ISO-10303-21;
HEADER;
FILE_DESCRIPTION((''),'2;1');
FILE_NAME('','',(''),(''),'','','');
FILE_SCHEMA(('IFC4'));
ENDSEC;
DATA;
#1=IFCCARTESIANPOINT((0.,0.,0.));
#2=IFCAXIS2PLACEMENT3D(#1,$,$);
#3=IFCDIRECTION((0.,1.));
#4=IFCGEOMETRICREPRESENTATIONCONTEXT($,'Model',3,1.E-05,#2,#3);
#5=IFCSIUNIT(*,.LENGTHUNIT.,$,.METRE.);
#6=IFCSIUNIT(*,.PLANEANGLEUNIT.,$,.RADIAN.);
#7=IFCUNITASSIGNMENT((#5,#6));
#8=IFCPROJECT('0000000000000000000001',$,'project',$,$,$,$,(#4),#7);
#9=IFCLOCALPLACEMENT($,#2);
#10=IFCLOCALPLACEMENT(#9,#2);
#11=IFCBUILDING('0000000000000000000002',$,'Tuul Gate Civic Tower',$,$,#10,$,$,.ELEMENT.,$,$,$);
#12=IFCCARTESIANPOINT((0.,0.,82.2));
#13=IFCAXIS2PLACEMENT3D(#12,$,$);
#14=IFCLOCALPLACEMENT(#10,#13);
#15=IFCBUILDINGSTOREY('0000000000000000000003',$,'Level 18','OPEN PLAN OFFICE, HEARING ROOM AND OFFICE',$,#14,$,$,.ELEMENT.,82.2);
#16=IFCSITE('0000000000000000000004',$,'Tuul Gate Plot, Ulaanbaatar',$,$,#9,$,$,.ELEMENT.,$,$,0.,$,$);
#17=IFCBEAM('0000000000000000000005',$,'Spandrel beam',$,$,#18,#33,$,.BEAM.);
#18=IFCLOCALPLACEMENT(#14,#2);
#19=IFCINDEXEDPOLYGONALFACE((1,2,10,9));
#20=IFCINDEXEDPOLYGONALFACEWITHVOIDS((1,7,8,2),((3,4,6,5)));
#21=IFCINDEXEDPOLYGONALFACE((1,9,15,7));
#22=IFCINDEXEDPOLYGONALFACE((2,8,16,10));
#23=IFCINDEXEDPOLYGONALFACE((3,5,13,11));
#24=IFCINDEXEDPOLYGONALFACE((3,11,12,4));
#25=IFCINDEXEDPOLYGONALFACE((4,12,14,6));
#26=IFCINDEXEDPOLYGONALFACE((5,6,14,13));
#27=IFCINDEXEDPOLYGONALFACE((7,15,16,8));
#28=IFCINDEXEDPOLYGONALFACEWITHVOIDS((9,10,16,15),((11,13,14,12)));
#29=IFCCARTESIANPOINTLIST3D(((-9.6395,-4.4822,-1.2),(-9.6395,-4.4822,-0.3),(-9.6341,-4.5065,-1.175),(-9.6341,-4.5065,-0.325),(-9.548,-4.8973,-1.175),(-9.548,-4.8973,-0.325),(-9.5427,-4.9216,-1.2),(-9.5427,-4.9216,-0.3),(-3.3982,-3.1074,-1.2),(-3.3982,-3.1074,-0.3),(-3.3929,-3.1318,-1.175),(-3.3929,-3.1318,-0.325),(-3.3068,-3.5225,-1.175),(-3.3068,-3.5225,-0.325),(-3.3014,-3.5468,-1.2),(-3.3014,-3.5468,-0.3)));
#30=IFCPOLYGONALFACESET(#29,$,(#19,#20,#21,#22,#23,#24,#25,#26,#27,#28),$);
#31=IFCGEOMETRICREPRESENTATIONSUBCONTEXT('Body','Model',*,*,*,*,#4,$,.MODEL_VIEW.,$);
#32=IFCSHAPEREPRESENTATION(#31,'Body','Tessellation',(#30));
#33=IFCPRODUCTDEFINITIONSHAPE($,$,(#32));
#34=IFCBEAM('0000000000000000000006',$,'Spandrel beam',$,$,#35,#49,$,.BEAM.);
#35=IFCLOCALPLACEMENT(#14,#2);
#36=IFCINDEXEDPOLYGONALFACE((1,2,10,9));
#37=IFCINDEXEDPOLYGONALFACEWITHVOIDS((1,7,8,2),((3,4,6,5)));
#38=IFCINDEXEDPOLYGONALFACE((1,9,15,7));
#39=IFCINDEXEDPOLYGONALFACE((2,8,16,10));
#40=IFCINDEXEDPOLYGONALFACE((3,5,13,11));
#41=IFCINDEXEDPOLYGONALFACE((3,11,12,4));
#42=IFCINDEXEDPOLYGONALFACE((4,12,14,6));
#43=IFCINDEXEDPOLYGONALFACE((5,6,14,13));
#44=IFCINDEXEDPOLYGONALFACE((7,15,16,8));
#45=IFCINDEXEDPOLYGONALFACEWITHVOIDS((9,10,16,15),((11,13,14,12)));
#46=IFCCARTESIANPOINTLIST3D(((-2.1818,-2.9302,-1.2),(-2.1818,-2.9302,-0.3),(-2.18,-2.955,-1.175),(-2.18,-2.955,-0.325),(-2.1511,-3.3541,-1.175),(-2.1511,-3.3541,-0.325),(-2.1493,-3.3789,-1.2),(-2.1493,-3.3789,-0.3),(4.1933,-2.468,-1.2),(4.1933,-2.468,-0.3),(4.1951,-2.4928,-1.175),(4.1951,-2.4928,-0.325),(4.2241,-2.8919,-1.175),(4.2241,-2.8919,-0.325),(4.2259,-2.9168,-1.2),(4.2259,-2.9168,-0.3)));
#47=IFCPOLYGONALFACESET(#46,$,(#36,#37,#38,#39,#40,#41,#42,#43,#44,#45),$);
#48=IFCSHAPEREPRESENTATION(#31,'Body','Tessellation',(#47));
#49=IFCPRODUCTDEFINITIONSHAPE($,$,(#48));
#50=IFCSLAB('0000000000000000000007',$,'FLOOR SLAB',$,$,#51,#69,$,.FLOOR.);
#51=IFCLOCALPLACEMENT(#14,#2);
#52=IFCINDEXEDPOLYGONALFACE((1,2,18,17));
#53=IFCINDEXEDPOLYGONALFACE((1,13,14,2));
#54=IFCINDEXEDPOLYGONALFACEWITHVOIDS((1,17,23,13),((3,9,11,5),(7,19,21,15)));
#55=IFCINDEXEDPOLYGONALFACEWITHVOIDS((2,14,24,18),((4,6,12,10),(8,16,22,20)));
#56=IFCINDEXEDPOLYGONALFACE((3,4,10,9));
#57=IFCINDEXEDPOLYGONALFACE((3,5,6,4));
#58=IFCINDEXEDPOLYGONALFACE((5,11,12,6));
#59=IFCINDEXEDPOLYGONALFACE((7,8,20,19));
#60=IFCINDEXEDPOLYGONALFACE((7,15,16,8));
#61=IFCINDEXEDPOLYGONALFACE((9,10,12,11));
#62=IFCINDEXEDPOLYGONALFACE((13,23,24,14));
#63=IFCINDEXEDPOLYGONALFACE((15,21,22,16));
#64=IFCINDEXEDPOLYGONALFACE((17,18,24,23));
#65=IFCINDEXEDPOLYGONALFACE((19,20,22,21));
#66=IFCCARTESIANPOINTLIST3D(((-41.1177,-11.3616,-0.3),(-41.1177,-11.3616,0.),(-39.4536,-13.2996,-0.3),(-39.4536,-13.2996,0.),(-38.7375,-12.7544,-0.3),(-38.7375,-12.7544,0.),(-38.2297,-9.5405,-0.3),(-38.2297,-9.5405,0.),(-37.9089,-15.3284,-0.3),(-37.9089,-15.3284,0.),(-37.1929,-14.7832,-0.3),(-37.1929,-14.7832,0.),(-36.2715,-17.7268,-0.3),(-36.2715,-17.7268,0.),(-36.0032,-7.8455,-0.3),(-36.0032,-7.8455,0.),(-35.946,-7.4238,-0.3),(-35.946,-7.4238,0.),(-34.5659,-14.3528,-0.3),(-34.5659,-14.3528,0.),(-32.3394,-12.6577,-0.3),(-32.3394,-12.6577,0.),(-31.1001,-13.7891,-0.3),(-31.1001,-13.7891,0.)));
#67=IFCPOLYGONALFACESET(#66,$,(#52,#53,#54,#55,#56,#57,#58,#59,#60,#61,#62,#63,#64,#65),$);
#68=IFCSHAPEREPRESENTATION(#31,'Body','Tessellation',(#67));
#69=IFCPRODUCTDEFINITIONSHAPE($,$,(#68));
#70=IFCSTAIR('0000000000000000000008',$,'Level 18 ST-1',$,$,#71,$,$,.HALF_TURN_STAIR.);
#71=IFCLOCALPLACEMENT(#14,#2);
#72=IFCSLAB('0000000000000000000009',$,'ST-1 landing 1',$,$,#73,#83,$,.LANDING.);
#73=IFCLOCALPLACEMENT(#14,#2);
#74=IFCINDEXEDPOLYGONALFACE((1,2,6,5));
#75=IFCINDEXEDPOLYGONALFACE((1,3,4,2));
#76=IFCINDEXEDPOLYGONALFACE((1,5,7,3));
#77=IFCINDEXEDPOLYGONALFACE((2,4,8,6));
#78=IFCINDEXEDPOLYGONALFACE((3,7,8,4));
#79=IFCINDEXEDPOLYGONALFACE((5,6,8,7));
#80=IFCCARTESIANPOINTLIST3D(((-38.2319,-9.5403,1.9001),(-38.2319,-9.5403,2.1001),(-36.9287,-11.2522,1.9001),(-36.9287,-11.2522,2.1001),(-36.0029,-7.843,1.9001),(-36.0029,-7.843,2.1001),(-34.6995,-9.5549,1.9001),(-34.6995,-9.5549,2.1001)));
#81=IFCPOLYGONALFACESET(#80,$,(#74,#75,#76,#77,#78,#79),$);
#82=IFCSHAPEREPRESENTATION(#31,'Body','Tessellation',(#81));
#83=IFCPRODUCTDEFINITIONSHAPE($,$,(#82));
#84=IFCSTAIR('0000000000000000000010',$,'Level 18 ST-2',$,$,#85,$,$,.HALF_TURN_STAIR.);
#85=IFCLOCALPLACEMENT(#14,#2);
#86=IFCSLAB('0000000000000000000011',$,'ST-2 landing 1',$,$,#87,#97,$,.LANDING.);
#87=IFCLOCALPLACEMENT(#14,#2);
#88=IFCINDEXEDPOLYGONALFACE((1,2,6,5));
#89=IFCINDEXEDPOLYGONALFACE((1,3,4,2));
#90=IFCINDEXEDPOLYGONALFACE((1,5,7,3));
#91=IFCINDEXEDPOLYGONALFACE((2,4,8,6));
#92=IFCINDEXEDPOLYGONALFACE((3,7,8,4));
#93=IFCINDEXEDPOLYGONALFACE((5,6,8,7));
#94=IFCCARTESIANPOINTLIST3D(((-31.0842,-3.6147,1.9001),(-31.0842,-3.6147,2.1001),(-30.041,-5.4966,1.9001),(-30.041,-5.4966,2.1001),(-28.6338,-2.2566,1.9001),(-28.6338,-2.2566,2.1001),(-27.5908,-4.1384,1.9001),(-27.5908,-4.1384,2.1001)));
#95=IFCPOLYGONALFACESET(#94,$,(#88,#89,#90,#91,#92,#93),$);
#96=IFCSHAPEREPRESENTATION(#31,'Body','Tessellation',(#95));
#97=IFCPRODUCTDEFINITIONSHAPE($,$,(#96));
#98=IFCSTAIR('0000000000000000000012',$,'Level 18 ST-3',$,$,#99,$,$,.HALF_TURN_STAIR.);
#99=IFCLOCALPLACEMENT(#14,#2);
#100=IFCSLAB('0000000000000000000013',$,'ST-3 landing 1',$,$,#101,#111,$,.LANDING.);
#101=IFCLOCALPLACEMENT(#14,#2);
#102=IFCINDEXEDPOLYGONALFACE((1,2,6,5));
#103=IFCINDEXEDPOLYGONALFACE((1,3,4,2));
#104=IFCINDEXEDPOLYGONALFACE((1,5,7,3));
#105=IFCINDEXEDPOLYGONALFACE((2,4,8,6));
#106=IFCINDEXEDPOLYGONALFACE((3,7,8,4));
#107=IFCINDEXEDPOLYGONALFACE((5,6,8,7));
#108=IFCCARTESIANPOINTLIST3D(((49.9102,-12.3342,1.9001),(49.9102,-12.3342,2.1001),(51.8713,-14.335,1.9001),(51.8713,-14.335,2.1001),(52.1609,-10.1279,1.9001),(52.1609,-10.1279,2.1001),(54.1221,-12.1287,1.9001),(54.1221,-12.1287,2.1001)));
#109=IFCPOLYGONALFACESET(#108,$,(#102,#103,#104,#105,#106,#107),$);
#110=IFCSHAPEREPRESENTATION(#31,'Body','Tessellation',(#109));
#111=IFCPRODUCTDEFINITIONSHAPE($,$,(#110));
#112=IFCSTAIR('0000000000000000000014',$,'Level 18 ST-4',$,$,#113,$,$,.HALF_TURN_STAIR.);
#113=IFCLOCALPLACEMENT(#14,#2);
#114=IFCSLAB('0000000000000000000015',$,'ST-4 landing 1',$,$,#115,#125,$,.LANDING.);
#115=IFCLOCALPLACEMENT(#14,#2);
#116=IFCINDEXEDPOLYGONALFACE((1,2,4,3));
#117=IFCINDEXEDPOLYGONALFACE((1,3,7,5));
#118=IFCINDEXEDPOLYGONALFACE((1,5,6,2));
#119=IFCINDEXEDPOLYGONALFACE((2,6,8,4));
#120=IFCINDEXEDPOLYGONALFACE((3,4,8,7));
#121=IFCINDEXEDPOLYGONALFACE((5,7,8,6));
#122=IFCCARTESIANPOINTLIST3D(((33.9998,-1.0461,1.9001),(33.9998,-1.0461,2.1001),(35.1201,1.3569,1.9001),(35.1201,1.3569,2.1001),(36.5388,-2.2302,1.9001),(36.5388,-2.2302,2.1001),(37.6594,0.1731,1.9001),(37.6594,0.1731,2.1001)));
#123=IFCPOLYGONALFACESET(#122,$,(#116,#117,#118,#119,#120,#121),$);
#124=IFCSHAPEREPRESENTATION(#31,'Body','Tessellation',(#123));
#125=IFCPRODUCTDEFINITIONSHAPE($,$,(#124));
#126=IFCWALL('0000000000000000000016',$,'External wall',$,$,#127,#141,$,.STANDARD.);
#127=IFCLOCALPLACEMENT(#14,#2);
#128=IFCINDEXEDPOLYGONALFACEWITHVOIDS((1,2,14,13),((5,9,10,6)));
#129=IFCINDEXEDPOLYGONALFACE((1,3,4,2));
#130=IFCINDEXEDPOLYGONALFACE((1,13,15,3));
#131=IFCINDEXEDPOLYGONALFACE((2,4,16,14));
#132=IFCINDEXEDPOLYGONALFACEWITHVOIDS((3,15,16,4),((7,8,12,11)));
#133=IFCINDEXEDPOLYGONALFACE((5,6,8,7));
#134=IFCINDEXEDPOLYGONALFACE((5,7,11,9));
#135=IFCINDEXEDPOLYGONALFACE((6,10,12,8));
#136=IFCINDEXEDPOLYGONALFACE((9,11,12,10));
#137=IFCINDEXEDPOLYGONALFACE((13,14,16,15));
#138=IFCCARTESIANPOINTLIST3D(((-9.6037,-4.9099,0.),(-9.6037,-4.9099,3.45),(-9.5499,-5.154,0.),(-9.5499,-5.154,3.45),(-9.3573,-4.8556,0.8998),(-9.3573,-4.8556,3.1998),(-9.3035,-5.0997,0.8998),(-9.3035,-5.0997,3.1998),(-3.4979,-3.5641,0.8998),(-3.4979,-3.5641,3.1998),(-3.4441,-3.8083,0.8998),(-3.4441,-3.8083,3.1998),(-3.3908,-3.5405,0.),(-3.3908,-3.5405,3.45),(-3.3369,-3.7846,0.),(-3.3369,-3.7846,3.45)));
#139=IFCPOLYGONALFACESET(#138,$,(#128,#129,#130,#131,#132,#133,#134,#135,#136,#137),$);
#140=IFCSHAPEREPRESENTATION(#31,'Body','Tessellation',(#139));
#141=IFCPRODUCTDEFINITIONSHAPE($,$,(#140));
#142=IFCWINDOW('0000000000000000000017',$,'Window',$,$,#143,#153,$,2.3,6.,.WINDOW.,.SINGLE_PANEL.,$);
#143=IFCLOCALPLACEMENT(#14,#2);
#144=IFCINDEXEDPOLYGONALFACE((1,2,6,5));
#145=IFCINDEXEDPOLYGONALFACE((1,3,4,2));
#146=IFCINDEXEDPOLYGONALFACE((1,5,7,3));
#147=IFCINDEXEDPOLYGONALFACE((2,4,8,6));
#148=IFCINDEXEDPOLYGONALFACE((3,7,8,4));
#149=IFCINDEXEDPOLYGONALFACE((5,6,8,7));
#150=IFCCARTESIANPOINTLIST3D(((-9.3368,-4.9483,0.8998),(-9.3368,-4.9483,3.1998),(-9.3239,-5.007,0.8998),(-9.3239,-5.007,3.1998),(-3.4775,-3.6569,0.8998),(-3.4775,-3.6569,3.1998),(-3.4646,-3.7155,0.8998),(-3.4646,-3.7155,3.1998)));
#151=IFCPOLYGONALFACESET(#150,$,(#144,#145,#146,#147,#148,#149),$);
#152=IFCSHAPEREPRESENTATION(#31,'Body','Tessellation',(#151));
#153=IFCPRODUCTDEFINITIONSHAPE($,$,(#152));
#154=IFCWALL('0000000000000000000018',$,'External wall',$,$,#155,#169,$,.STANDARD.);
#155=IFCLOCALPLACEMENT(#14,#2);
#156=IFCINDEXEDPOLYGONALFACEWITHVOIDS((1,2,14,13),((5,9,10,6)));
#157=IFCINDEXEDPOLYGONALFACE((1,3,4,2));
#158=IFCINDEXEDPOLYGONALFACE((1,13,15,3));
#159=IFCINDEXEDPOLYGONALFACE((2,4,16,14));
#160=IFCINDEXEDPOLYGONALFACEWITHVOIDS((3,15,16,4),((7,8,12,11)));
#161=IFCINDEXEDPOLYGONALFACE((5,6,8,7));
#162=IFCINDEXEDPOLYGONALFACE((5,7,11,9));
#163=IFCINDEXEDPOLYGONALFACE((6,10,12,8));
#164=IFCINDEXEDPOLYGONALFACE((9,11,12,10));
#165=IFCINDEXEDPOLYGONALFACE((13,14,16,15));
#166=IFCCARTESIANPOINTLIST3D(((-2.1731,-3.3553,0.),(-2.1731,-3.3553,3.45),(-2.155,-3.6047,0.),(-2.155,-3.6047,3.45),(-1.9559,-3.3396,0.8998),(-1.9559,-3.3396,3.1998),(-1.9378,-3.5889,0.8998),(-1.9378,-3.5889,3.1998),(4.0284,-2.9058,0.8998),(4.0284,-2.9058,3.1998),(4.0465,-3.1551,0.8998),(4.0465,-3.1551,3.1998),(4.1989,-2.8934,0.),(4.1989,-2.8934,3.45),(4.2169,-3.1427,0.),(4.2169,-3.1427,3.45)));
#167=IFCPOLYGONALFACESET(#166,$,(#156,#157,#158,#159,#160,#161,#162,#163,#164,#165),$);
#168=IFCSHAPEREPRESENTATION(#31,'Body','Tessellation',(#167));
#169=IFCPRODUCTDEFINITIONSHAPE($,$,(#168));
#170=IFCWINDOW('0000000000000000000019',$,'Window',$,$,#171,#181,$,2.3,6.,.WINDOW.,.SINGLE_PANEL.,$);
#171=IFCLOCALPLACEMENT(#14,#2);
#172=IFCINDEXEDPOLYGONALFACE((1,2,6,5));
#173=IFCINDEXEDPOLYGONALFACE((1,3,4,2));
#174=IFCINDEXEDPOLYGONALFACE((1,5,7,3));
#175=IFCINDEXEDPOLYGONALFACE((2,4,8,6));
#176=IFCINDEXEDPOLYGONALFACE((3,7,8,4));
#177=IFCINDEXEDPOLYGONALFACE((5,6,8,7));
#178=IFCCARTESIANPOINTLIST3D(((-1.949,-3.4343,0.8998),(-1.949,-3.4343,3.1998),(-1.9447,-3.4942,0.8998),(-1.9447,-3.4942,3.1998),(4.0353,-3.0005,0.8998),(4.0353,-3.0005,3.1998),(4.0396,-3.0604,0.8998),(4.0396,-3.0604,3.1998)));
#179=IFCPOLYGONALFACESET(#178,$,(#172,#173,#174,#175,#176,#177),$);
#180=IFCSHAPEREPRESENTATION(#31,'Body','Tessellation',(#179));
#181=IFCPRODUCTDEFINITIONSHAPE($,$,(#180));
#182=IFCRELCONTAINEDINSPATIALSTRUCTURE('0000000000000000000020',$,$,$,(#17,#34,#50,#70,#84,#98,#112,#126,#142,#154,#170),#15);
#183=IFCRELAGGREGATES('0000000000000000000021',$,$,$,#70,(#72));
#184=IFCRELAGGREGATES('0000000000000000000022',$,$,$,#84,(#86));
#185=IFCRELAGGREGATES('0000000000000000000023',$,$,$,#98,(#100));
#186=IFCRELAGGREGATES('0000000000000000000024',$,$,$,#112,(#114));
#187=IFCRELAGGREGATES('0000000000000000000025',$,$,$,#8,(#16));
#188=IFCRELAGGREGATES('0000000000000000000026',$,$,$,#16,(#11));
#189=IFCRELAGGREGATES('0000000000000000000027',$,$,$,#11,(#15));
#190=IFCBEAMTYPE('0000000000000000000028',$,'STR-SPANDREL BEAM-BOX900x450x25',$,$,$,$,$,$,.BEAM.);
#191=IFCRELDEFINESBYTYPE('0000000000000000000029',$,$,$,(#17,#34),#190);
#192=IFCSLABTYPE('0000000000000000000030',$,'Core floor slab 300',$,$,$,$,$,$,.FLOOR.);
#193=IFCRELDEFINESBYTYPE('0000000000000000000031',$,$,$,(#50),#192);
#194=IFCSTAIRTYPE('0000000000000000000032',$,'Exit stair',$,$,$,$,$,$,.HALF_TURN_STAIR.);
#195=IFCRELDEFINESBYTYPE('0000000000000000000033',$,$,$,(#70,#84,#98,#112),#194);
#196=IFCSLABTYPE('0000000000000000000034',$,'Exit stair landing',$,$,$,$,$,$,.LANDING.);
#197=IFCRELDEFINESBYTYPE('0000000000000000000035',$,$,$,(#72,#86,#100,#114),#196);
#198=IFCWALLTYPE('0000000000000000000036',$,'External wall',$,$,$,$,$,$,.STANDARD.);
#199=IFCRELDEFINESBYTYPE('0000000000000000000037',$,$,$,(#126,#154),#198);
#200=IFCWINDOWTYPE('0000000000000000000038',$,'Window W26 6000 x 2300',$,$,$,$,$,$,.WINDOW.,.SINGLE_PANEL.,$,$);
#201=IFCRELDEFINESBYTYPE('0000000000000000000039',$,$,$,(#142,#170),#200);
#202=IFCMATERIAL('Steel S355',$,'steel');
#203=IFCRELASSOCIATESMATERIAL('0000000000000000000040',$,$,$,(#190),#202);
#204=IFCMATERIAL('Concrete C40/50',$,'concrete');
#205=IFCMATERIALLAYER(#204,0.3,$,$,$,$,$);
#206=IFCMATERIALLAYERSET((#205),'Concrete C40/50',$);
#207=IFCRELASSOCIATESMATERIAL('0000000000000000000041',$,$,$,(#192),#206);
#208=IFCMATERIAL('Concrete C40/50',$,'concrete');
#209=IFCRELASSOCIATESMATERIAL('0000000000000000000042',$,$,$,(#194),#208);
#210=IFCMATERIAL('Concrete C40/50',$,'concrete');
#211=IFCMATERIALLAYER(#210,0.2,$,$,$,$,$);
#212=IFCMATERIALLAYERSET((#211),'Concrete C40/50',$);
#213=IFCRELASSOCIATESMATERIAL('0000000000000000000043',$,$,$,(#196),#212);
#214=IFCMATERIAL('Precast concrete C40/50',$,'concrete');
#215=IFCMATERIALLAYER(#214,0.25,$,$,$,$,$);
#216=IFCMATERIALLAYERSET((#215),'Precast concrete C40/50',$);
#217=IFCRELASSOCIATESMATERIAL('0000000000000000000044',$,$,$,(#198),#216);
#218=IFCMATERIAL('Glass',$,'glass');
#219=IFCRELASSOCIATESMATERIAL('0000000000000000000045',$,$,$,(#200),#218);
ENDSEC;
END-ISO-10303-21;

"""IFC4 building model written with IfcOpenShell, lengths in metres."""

from ifc_helpers import new_model, si_unit, direction, frame, frame_2d, origin, origin_2d, place, context, subcontext, project, spatial, polyline, rectangle, hollow_rectangle, outline, extrude, material, layer, layer_set, material_profile, profile_set, type_object, element, fill, aggregate, save


model = new_model("IFC4")

# Units and contexts
model_context = context("Model", 3, precision=1e-05, world=origin(), true_north=direction((0.0, 1.0)))
body_context = subcontext(model_context, "Body", "Model", "MODEL_VIEW")
ifc_project = project(units=[si_unit("LENGTHUNIT", "METRE"), si_unit("PLANEANGLEUNIT", "RADIAN")], contexts=[model_context])

# Site, building, storey
site_placement = place(None, origin())
site = spatial("IfcSite", under=ifc_project, at=site_placement, Name="Tuul Gate Plot, Ulaanbaatar", CompositionType="ELEMENT", RefElevation=0.0)
building_placement = place(site_placement, origin())
building = spatial("IfcBuilding", under=site, at=building_placement, Name="Tuul Gate Civic Tower", CompositionType="ELEMENT")
storey_placement = place(building_placement, frame((0.0, 0.0, 82.2)))
storey = spatial("IfcBuildingStorey", under=building, at=storey_placement, Name="Level 18", Description="OPEN PLAN OFFICE, HEARING ROOM AND OFFICE", CompositionType="ELEMENT", Elevation=82.2)

# Beams
ifc_material_1 = material(Name="Steel S355", Category="steel")
ifc_material_profile_1 = material_profile(ifc_material_1, hollow_rectangle(XDim=0.45, YDim=0.8999, WallThickness=0.0249, at=origin_2d()), Name="BOX900x450x25")
ifc_profile_set_1 = profile_set([ifc_material_profile_1], Name="Steel S355")
beam_type_1 = type_object("IfcBeamType", Name="STR-SPANDREL BEAM-BOX900x450x25", PredefinedType="BEAM", material=ifc_profile_set_1)
beam_1_placement = place(storey_placement, frame((-9.5911, -4.7019, -0.75), z_axis=(0.976589, 0.215114, 0.0), x_axis=(-0.215114, 0.976589, 0.0)))
element("IfcBeam", 1, at=beam_1_placement, inside=storey, type_object=beam_type_1, Name="Spandrel beam", PredefinedType="BEAM", context=body_context, shape_type="SweptSolid", body=[
    extrude(hollow_rectangle(XDim=0.45, YDim=0.8999, WallThickness=0.0249, at=origin_2d()), origin(), (0.0, 0.0, 1.0), 6.3909),
])
beam_2_placement = place(storey_placement, frame((-2.1655, -3.1545, -0.75), z_axis=(0.997383, 0.072306, 0.0), x_axis=(-0.072306, 0.997383, 0.0)))
element("IfcBeam", 2, at=beam_2_placement, inside=storey, type_object=beam_type_1, Name="Spandrel beam", PredefinedType="BEAM", context=body_context, shape_type="SweptSolid", body=[
    extrude(hollow_rectangle(XDim=0.45, YDim=0.8999, WallThickness=0.0249, at=origin_2d()), origin(), (0.0, 0.0, 1.0), 6.3918),
])

# Slab
ifc_material_2 = material(Name="Concrete C40/50", Category="concrete")
ifc_layer_1 = layer(ifc_material_2, 0.3)
ifc_layer_set_1 = layer_set([ifc_layer_1], Name="Concrete C40/50")
slab_type_1 = type_object("IfcSlabType", Name="Core floor slab 300", PredefinedType="FLOOR", material=ifc_layer_set_1)
slab_1_placement = place(storey_placement, frame((0.0, 0.0, -0.3)))
element("IfcSlab", 3, at=slab_1_placement, inside=storey, type_object=slab_type_1, Name="FLOOR SLAB", PredefinedType="FLOOR", context=body_context, shape_type="SweptSolid", body=[
    extrude(outline(polyline([(-31.1001, -13.7891), (-35.946, -7.4238), (-41.1177, -11.3616), (-36.2715, -17.7268), (-31.1001, -13.7891)]), holes=[polyline([(-37.1929, -14.7832), (-38.7375, -12.7544), (-39.4536, -13.2996), (-37.9089, -15.3284), (-37.1929, -14.7832)]), polyline([(-32.3394, -12.6577), (-34.5659, -14.3528), (-38.2297, -9.5405), (-36.0032, -7.8455), (-32.3394, -12.6577)])]), origin(), (0.0, 0.0, 1.0), 0.3),
])

# Stairs, slabs
ifc_material_3 = material(Name="Concrete C40/50", Category="concrete")
stair_type = type_object("IfcStairType", Name="Exit stair", PredefinedType="HALF_TURN_STAIR", material=ifc_material_3)
stair_1_placement = place(storey_placement, origin())
stair_1 = element("IfcStair", 4, at=stair_1_placement, inside=storey, type_object=stair_type, Name="Level 18 ST-1", PredefinedType="HALF_TURN_STAIR")
ifc_material_4 = material(Name="Concrete C40/50", Category="concrete")
ifc_layer_2 = layer(ifc_material_4, 0.2)
ifc_layer_set_2 = layer_set([ifc_layer_2], Name="Concrete C40/50")
slab_type_2 = type_object("IfcSlabType", Name="Exit stair landing", PredefinedType="LANDING", material=ifc_layer_set_2)
slab_2_placement = place(storey_placement, frame((0.0, 0.0, 1.9001)))
slab_2 = element("IfcSlab", 5, at=slab_2_placement, type_object=slab_type_2, Name="ST-1 landing 1", PredefinedType="LANDING", context=body_context, shape_type="SweptSolid", body=[
    extrude(outline(polyline([(-34.6995, -9.5549), (-36.9287, -11.2522), (-38.2319, -9.5403), (-36.0029, -7.843), (-34.6995, -9.5549)])), origin(), (0.0, 0.0, 1.0), 0.2),
])
aggregate(stair_1, [slab_2])
stair_2_placement = place(storey_placement, origin())
stair_2 = element("IfcStair", 6, at=stair_2_placement, inside=storey, type_object=stair_type, Name="Level 18 ST-2", PredefinedType="HALF_TURN_STAIR")
slab_3_placement = place(storey_placement, frame((0.0, 0.0, 1.9001)))
slab_3 = element("IfcSlab", 7, at=slab_3_placement, type_object=slab_type_2, Name="ST-2 landing 1", PredefinedType="LANDING", context=body_context, shape_type="SweptSolid", body=[
    extrude(outline(polyline([(-27.5908, -4.1384), (-30.041, -5.4966), (-31.0842, -3.6147), (-28.6338, -2.2566), (-27.5908, -4.1384)])), origin(), (0.0, 0.0, 1.0), 0.2),
])
aggregate(stair_2, [slab_3])
stair_3_placement = place(storey_placement, origin())
stair_3 = element("IfcStair", 8, at=stair_3_placement, inside=storey, type_object=stair_type, Name="Level 18 ST-3", PredefinedType="HALF_TURN_STAIR")
slab_4_placement = place(storey_placement, frame((0.0, 0.0, 1.9001)))
slab_4 = element("IfcSlab", 9, at=slab_4_placement, type_object=slab_type_2, Name="ST-3 landing 1", PredefinedType="LANDING", context=body_context, shape_type="SweptSolid", body=[
    extrude(outline(polyline([(51.8713, -14.335), (49.9102, -12.3342), (52.1609, -10.1279), (54.1221, -12.1287), (51.8713, -14.335)])), origin(), (0.0, 0.0, 1.0), 0.2),
])
aggregate(stair_3, [slab_4])
stair_4_placement = place(storey_placement, origin())
stair_4 = element("IfcStair", 10, at=stair_4_placement, inside=storey, type_object=stair_type, Name="Level 18 ST-4", PredefinedType="HALF_TURN_STAIR")
slab_5_placement = place(storey_placement, frame((0.0, 0.0, 1.9001)))
slab_5 = element("IfcSlab", 11, at=slab_5_placement, type_object=slab_type_2, Name="ST-4 landing 1", PredefinedType="LANDING", context=body_context, shape_type="SweptSolid", body=[
    extrude(outline(polyline([(36.5388, -2.2302), (33.9998, -1.0461), (35.1201, 1.3569), (37.6594, 0.1731), (36.5388, -2.2302)])), origin(), (0.0, 0.0, 1.0), 0.2),
])
aggregate(stair_4, [slab_5])

# Walls, openings, windows
ifc_material_5 = material(Name="Precast concrete C40/50", Category="concrete")
ifc_layer_3 = layer(ifc_material_5, 0.25)
ifc_layer_set_3 = layer_set([ifc_layer_3], Name="Precast concrete C40/50")
wall_type = type_object("IfcWallType", Name="External wall", PredefinedType="STANDARD", material=ifc_layer_set_3)
wall_1_placement = place(storey_placement, frame((-9.5769, -5.032, 0.0), z_axis=(0.0, 0.0, 1.0), x_axis=(0.97656, 0.215244, 0.0)))
wall_1 = element("IfcWall", 12, at=wall_1_placement, inside=storey, type_object=wall_type, Name="External wall", PredefinedType="STANDARD", context=body_context, shape_type="SweptSolid", body=[
    extrude(rectangle(XDim=6.3621, YDim=0.25, at=frame_2d((3.1812, 0.0))), origin(), (0.0, 0.0, 1.0), 3.45),
])
opening_1_placement = place(wall_1_placement, frame((0.2524, 0.0, 0.8999)))
opening_1 = element("IfcOpeningElement", 13, at=opening_1_placement, cuts=wall_1, PredefinedType="OPENING", context=body_context, shape_type="SweptSolid", body=[
    extrude(rectangle(XDim=6.0, YDim=2.3, at=frame_2d((3.0, 1.1499))), frame((0.0, 0.135, 0.0), z_axis=(0.0, -1.0, 0.0), x_axis=(1.0, 0.0, 0.0)), (0.0, 0.0, 1.0), 0.27),
])
ifc_material_6 = material(Name="Glass", Category="glass")
window_type = type_object("IfcWindowType", Name="Window W26 6000 x 2300", PartitioningType="SINGLE_PANEL", PredefinedType="WINDOW", material=ifc_material_6)
window_1_placement = place(opening_1_placement, origin())
window_1 = element("IfcWindow", 14, at=window_1_placement, inside=storey, type_object=window_type, Name="Window", OverallHeight=2.3, OverallWidth=6.0, PartitioningType="SINGLE_PANEL", PredefinedType="WINDOW", context=body_context, shape_type="SweptSolid", body=[
    extrude(rectangle(XDim=6.0, YDim=2.3, at=frame_2d((3.0, 1.1499))), frame((0.0, 0.03, 0.0), z_axis=(0.0, -1.0, 0.0), x_axis=(1.0, 0.0, 0.0)), (0.0, 0.0, 1.0), 0.0601),
])
fill(opening_1, window_1)
wall_2_placement = place(storey_placement, frame((-2.1641, -3.48, 0.0), z_axis=(0.0, 0.0, 1.0), x_axis=(0.997383, 0.072301, 0.0)))
wall_2 = element("IfcWall", 15, at=wall_2_placement, inside=storey, type_object=wall_type, Name="External wall", PredefinedType="STANDARD", context=body_context, shape_type="SweptSolid", body=[
    extrude(rectangle(XDim=6.3887, YDim=0.25, at=frame_2d((3.1943, 0.0))), origin(), (0.0, 0.0, 1.0), 3.45),
])
opening_2_placement = place(wall_2_placement, frame((0.2178, 0.0, 0.8999)))
opening_2 = element("IfcOpeningElement", 16, at=opening_2_placement, cuts=wall_2, PredefinedType="OPENING", context=body_context, shape_type="SweptSolid", body=[
    extrude(rectangle(XDim=6.0, YDim=2.3, at=frame_2d((3.0, 1.1499))), frame((0.0, 0.135, 0.0), z_axis=(0.0, -1.0, 0.0), x_axis=(1.0, 0.0, 0.0)), (0.0, 0.0, 1.0), 0.27),
])
window_2_placement = place(opening_2_placement, origin())
window_2 = element("IfcWindow", 17, at=window_2_placement, inside=storey, type_object=window_type, Name="Window", OverallHeight=2.3, OverallWidth=6.0, PartitioningType="SINGLE_PANEL", PredefinedType="WINDOW", context=body_context, shape_type="SweptSolid", body=[
    extrude(rectangle(XDim=6.0, YDim=2.3, at=frame_2d((3.0, 1.1499))), frame((0.0, 0.03, 0.0), z_axis=(0.0, -1.0, 0.0), x_axis=(1.0, 0.0, 0.0)), (0.0, 0.0, 1.0), 0.0601),
])
fill(opening_2, window_2)

save(model, "model.ifc")
